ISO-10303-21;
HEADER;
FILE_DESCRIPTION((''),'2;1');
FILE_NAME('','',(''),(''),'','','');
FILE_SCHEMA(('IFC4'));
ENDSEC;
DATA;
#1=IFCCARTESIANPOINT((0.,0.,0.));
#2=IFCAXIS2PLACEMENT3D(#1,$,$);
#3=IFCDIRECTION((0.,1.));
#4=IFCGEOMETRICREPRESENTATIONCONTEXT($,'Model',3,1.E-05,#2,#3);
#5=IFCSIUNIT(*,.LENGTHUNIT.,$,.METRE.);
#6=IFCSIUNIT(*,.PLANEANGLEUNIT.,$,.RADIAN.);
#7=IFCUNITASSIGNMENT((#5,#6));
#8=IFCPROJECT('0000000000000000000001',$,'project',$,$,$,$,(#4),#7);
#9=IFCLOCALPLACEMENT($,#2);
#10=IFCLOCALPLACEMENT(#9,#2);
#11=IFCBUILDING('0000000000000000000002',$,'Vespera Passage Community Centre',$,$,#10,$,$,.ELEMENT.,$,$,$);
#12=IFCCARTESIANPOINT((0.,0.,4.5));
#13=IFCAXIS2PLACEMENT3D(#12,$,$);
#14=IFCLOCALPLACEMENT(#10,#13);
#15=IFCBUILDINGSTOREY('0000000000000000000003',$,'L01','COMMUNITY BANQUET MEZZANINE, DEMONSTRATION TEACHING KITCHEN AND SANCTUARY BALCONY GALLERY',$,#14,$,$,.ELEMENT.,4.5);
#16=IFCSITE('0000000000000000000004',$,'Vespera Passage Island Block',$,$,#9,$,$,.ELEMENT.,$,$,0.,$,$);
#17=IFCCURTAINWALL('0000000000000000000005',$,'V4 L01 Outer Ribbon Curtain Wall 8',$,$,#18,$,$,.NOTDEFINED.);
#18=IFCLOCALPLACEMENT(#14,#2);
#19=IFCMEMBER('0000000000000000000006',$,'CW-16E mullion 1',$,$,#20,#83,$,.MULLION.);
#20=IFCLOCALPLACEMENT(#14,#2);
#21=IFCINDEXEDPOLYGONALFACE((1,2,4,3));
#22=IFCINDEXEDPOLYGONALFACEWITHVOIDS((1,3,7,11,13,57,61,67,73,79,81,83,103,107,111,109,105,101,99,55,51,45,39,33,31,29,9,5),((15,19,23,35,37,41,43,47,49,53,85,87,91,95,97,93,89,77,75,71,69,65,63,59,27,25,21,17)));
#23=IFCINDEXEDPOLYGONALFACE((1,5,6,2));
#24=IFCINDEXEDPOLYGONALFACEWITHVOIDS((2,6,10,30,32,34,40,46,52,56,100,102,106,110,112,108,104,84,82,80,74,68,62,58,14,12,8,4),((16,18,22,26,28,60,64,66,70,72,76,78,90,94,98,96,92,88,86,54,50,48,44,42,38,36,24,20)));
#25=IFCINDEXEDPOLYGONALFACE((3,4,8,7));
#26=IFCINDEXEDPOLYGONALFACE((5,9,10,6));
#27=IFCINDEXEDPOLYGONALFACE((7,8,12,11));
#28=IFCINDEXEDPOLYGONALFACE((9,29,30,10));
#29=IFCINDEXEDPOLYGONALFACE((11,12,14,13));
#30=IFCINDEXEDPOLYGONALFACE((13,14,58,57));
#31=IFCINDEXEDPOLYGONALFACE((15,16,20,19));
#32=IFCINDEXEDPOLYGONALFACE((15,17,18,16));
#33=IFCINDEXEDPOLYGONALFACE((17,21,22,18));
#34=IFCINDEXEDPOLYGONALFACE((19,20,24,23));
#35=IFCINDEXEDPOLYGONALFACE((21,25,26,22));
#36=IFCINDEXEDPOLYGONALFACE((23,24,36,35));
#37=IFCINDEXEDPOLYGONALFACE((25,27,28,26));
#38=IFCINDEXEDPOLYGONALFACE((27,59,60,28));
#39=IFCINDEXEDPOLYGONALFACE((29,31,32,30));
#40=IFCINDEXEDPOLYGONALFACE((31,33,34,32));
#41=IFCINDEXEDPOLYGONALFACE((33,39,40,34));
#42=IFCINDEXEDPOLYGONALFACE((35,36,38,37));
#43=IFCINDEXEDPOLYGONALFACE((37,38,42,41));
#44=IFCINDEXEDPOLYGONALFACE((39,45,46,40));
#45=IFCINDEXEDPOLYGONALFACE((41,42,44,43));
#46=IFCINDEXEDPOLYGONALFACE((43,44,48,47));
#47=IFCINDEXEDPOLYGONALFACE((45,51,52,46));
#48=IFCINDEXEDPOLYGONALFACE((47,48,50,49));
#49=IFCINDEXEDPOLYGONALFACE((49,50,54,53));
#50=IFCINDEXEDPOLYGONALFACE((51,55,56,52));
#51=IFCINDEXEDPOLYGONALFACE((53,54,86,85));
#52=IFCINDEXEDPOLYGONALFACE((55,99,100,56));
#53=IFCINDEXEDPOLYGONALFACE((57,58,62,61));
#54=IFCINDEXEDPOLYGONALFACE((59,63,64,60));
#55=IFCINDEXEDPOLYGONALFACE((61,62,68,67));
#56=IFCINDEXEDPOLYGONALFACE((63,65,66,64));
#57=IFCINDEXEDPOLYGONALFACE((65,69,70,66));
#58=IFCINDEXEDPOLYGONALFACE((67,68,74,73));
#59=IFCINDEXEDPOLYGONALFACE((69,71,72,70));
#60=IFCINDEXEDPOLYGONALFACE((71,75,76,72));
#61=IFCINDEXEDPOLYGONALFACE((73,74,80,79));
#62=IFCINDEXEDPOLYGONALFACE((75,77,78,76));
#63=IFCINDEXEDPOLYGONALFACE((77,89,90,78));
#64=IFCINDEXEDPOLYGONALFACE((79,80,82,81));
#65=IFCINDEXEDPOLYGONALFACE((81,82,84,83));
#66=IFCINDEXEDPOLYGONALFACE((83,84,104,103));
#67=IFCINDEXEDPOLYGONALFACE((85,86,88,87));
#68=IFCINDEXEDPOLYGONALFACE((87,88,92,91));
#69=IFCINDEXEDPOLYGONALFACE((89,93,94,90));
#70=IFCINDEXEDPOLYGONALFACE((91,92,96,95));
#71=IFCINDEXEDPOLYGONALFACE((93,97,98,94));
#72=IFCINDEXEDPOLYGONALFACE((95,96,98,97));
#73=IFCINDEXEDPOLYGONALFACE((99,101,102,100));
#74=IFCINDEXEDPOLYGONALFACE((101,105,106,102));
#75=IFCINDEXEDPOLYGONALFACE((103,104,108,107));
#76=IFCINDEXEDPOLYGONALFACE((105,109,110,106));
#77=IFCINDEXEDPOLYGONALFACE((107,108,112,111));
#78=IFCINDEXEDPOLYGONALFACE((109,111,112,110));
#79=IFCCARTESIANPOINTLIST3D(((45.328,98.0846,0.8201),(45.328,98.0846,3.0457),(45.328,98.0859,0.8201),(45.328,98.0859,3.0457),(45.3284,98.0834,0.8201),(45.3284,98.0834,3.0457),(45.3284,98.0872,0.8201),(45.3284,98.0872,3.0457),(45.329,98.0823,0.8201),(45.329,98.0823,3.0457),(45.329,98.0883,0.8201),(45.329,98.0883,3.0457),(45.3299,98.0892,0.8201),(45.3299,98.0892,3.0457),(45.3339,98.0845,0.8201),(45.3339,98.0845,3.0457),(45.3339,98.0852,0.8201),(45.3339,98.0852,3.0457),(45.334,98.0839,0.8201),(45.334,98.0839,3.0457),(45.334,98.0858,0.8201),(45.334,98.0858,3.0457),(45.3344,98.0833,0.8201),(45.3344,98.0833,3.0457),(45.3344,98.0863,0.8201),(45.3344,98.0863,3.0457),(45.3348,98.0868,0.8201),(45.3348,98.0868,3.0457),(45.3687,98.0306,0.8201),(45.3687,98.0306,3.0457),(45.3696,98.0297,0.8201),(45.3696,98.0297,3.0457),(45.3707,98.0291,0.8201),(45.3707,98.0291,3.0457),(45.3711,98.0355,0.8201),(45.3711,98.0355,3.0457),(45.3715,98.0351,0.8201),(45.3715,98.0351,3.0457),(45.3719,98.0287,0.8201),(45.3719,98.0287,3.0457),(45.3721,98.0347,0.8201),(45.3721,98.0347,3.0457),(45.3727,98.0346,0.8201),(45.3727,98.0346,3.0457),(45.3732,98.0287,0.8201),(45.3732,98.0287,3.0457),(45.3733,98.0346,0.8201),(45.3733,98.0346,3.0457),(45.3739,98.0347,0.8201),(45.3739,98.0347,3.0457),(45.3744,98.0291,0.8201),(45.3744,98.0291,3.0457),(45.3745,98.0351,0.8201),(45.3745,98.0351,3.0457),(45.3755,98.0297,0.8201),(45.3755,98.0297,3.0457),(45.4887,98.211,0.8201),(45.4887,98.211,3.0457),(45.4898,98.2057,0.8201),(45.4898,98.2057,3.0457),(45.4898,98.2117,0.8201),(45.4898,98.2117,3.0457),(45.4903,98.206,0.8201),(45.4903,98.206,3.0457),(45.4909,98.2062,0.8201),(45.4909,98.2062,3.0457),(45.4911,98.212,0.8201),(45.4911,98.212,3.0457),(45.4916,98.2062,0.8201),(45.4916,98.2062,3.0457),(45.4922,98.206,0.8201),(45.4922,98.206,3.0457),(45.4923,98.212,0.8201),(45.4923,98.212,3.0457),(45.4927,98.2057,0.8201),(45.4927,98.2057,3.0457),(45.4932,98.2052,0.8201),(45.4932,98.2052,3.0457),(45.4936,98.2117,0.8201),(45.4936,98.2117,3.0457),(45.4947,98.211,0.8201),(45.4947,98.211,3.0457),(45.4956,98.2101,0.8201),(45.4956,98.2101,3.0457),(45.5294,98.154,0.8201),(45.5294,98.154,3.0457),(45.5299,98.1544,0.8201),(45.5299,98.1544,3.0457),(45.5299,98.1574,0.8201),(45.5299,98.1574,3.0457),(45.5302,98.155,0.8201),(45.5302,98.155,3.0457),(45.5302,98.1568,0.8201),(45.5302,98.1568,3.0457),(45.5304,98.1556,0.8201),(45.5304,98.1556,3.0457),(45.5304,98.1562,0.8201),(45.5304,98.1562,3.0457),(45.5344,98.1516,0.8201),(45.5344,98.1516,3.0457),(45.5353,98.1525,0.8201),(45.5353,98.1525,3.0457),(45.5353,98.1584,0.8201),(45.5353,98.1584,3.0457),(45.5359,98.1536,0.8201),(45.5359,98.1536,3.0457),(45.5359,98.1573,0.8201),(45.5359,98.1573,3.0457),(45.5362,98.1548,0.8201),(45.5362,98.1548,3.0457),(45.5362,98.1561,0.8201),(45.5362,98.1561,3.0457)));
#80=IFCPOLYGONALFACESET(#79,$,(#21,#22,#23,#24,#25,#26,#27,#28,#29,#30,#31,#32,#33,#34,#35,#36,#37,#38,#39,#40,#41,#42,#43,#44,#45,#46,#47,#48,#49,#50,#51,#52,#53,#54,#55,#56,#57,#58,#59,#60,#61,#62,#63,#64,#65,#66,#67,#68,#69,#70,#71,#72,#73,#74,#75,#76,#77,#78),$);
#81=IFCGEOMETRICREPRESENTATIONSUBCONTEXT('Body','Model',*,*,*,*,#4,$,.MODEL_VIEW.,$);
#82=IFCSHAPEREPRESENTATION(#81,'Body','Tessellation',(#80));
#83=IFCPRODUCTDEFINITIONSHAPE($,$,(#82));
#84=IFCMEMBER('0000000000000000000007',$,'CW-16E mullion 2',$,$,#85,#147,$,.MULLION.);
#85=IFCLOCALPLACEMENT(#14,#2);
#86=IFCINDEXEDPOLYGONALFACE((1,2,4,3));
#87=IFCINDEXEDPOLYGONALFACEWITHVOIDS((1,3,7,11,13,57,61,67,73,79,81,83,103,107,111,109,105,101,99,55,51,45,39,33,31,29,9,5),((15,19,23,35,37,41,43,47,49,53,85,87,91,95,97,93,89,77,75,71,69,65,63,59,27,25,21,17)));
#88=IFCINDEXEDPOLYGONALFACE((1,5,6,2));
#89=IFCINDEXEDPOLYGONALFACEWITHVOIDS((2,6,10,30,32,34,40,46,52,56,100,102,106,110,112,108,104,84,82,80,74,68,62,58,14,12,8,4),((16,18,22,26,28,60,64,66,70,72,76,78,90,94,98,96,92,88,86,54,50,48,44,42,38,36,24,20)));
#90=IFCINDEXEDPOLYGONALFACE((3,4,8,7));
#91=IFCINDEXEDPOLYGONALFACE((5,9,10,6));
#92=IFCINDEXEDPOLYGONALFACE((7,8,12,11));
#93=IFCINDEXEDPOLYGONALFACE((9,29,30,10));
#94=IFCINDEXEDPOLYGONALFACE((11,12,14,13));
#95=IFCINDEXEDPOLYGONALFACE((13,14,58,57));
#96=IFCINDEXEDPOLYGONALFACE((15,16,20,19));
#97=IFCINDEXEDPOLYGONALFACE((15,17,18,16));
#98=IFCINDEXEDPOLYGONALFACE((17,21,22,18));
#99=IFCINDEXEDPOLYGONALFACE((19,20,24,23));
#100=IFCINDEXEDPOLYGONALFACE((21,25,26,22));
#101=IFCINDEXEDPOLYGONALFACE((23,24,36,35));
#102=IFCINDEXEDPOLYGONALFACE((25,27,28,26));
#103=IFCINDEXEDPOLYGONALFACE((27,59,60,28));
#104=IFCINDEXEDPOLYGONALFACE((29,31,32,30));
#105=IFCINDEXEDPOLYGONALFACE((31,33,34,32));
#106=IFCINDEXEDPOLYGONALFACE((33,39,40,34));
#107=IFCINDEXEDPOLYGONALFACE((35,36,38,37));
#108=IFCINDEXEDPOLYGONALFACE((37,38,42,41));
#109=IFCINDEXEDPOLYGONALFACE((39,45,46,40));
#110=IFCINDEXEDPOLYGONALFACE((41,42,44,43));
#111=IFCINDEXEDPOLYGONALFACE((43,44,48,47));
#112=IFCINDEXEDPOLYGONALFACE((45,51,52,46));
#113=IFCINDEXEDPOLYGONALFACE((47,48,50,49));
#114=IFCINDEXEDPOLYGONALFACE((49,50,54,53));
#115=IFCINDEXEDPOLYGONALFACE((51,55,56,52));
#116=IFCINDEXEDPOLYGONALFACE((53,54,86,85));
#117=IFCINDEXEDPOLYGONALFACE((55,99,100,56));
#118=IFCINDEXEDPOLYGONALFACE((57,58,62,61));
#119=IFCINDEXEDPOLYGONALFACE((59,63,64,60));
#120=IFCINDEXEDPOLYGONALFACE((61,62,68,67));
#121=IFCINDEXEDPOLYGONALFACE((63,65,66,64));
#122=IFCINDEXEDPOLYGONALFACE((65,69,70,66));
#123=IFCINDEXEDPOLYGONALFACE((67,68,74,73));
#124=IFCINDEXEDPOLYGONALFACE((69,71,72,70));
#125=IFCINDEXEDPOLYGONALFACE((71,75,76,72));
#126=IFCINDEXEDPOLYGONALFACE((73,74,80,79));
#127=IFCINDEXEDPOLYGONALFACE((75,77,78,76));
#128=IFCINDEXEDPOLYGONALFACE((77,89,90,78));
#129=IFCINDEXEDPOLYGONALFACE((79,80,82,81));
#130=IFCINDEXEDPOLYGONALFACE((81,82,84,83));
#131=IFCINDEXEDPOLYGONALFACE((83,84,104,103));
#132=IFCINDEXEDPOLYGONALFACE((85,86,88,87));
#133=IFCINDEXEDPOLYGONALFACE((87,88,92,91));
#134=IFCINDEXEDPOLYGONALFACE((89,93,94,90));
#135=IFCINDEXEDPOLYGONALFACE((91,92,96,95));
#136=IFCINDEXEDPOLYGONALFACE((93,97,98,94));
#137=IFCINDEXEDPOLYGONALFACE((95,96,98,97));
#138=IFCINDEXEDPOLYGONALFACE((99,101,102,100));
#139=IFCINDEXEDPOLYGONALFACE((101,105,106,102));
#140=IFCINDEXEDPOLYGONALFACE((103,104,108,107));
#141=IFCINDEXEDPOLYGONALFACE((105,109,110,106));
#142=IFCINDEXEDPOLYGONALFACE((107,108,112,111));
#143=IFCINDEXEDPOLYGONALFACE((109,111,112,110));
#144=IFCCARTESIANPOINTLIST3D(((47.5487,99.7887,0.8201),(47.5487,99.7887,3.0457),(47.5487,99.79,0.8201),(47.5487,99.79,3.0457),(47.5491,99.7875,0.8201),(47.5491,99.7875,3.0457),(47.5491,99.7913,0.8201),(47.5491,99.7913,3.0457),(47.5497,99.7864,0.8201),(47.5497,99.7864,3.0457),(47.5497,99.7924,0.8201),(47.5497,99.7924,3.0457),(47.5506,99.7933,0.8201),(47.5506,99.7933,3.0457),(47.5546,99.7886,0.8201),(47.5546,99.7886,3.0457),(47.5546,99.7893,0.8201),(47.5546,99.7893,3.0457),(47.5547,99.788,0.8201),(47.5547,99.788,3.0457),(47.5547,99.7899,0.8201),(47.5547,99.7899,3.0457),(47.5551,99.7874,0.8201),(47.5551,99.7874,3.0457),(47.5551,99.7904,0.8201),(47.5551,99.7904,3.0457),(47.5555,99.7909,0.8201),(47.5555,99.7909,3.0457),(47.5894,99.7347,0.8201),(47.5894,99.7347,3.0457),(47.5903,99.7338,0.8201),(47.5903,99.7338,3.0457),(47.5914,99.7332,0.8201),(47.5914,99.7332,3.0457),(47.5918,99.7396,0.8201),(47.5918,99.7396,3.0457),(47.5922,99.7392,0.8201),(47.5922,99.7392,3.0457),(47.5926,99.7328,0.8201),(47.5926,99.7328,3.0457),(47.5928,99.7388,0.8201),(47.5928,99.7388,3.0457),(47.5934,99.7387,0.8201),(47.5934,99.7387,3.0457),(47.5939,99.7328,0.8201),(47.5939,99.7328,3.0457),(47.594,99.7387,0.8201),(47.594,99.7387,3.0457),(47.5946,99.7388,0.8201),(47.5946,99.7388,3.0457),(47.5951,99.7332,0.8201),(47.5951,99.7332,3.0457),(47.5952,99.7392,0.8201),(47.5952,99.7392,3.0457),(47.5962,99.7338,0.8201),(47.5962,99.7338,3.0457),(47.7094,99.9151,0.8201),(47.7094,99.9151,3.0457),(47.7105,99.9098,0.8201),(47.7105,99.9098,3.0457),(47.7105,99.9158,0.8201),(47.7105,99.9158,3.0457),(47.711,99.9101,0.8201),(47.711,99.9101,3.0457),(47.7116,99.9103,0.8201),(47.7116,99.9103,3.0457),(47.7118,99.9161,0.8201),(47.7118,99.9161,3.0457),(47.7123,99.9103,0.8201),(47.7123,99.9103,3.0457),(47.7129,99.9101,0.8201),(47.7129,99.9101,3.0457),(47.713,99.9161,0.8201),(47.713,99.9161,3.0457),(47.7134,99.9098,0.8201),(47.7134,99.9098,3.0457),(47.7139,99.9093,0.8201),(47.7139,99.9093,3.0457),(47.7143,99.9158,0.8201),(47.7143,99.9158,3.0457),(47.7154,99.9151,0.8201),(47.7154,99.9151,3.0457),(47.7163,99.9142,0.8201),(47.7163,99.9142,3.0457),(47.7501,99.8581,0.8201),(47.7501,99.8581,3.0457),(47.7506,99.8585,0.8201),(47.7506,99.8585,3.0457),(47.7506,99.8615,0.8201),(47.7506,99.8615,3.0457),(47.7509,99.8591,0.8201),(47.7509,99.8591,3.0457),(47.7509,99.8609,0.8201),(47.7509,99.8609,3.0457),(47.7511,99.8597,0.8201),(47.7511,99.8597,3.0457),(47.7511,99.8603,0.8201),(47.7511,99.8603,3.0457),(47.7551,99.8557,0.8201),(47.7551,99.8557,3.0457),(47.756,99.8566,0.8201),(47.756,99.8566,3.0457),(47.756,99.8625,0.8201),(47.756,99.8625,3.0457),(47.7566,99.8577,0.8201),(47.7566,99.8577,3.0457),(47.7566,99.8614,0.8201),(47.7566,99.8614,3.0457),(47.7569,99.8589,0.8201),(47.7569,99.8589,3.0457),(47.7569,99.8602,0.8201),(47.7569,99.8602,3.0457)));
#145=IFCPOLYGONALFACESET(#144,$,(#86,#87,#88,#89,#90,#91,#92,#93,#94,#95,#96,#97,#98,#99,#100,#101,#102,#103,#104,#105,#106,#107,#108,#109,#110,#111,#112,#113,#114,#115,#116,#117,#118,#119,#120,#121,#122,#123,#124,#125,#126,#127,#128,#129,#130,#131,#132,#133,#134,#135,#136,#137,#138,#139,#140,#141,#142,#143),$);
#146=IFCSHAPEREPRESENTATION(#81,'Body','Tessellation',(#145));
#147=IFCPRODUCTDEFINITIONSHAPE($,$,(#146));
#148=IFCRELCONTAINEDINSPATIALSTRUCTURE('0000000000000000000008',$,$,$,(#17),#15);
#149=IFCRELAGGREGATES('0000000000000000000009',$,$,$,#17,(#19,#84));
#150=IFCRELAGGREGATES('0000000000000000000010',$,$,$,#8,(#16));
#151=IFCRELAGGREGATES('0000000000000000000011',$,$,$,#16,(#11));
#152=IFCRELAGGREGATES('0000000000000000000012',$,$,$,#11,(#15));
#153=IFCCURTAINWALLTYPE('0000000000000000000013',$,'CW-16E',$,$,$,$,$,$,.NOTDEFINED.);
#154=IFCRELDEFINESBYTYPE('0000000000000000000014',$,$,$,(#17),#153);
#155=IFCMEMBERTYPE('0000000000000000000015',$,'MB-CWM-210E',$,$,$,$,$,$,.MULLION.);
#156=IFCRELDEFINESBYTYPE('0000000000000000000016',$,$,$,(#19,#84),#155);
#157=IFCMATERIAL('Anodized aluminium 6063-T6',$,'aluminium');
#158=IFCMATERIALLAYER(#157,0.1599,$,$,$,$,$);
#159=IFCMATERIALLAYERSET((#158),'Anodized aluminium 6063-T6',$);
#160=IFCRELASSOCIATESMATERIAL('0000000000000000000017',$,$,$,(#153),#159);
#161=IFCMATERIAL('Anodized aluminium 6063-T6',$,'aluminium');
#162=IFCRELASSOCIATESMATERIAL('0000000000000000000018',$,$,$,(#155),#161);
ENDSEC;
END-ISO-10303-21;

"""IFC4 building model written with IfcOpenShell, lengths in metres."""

from ifc_helpers import new_model, si_unit, direction, frame, origin, origin_2d, place, context, subcontext, project, spatial, hollow_rectangle, extrude, material, layer, layer_set, material_profile, profile_set, type_object, element, aggregate, save


model = new_model("IFC4")

# Units and contexts
model_context = context("Model", 3, precision=1e-05, world=origin(), true_north=direction((0.0, 1.0)))
body_context = subcontext(model_context, "Body", "Model", "MODEL_VIEW")
ifc_project = project(units=[si_unit("LENGTHUNIT", "METRE"), si_unit("PLANEANGLEUNIT", "RADIAN")], contexts=[model_context])

# Site, building, storey
site_placement = place(None, origin())
site = spatial("IfcSite", under=ifc_project, at=site_placement, Name="Vespera Passage Island Block", CompositionType="ELEMENT", RefElevation=0.0)
building_placement = place(site_placement, origin())
building = spatial("IfcBuilding", under=site, at=building_placement, Name="Vespera Passage Community Centre", CompositionType="ELEMENT")
storey_placement = place(building_placement, frame((0.0, 0.0, 4.5)))
storey = spatial("IfcBuildingStorey", under=building, at=storey_placement, Name="L01", Description="COMMUNITY BANQUET MEZZANINE, DEMONSTRATION TEACHING KITCHEN AND SANCTUARY BALCONY GALLERY", CompositionType="ELEMENT", Elevation=4.5)

# Curtain wall, members
ifc_material_1 = material(Name="Anodized aluminium 6063-T6", Category="aluminium")
ifc_layer_1 = layer(ifc_material_1, 0.1599)
ifc_layer_set_1 = layer_set([ifc_layer_1], Name="Anodized aluminium 6063-T6")
curtain_wall_type_1 = type_object("IfcCurtainWallType", Name="CW-16E", PredefinedType="NOTDEFINED", material=ifc_layer_set_1)
curtain_wall_1_placement = place(storey_placement, origin())
curtain_wall_1 = element("IfcCurtainWall", 1, at=curtain_wall_1_placement, inside=storey, type_object=curtain_wall_type_1, Name="V4 L01 Outer Ribbon Curtain Wall 8", PredefinedType="NOTDEFINED")
ifc_material_2 = material(Name="Anodized aluminium 6063-T6", Category="aluminium")
ifc_material_profile_1 = material_profile(ifc_material_2, hollow_rectangle(XDim=0.075, YDim=0.21, WallThickness=0.0049, InnerFilletRadius=0.0024, OuterFilletRadius=0.0049, at=origin_2d()), Name="ALU210X75X5")
ifc_profile_set_1 = profile_set([ifc_material_profile_1], Name="Anodized aluminium 6063-T6")
member_type_1 = type_object("IfcMemberType", Name="MB-CWM-210E", PredefinedType="MULLION", material=ifc_profile_set_1)
member_1_placement = place(storey_placement, frame((45.4321, 98.1204, 0.8201), z_axis=(0.0, 0.0, 1.0), x_axis=(-0.608768, 0.793348, 0.0)))
member_1 = element("IfcMember", 2, at=member_1_placement, type_object=member_type_1, Name="CW-16E mullion 1", PredefinedType="MULLION", context=body_context, shape_type="SweptSolid", body=[
    extrude(hollow_rectangle(XDim=0.075, YDim=0.21, WallThickness=0.0049, InnerFilletRadius=0.0024, OuterFilletRadius=0.0049, at=origin_2d()), origin(), (0.0, 0.0, 1.0), 2.2256),
])
member_2_placement = place(storey_placement, frame((47.6528, 99.8245, 0.8201), z_axis=(0.0, 0.0, 1.0), x_axis=(-0.608768, 0.793348, 0.0)))
member_2 = element("IfcMember", 3, at=member_2_placement, type_object=member_type_1, Name="CW-16E mullion 2", PredefinedType="MULLION", context=body_context, shape_type="SweptSolid", body=[
    extrude(hollow_rectangle(XDim=0.075, YDim=0.21, WallThickness=0.0049, InnerFilletRadius=0.0024, OuterFilletRadius=0.0049, at=origin_2d()), origin(), (0.0, 0.0, 1.0), 2.2256),
])

aggregate(curtain_wall_1, [member_1, member_2])

save(model, "model.ifc")
